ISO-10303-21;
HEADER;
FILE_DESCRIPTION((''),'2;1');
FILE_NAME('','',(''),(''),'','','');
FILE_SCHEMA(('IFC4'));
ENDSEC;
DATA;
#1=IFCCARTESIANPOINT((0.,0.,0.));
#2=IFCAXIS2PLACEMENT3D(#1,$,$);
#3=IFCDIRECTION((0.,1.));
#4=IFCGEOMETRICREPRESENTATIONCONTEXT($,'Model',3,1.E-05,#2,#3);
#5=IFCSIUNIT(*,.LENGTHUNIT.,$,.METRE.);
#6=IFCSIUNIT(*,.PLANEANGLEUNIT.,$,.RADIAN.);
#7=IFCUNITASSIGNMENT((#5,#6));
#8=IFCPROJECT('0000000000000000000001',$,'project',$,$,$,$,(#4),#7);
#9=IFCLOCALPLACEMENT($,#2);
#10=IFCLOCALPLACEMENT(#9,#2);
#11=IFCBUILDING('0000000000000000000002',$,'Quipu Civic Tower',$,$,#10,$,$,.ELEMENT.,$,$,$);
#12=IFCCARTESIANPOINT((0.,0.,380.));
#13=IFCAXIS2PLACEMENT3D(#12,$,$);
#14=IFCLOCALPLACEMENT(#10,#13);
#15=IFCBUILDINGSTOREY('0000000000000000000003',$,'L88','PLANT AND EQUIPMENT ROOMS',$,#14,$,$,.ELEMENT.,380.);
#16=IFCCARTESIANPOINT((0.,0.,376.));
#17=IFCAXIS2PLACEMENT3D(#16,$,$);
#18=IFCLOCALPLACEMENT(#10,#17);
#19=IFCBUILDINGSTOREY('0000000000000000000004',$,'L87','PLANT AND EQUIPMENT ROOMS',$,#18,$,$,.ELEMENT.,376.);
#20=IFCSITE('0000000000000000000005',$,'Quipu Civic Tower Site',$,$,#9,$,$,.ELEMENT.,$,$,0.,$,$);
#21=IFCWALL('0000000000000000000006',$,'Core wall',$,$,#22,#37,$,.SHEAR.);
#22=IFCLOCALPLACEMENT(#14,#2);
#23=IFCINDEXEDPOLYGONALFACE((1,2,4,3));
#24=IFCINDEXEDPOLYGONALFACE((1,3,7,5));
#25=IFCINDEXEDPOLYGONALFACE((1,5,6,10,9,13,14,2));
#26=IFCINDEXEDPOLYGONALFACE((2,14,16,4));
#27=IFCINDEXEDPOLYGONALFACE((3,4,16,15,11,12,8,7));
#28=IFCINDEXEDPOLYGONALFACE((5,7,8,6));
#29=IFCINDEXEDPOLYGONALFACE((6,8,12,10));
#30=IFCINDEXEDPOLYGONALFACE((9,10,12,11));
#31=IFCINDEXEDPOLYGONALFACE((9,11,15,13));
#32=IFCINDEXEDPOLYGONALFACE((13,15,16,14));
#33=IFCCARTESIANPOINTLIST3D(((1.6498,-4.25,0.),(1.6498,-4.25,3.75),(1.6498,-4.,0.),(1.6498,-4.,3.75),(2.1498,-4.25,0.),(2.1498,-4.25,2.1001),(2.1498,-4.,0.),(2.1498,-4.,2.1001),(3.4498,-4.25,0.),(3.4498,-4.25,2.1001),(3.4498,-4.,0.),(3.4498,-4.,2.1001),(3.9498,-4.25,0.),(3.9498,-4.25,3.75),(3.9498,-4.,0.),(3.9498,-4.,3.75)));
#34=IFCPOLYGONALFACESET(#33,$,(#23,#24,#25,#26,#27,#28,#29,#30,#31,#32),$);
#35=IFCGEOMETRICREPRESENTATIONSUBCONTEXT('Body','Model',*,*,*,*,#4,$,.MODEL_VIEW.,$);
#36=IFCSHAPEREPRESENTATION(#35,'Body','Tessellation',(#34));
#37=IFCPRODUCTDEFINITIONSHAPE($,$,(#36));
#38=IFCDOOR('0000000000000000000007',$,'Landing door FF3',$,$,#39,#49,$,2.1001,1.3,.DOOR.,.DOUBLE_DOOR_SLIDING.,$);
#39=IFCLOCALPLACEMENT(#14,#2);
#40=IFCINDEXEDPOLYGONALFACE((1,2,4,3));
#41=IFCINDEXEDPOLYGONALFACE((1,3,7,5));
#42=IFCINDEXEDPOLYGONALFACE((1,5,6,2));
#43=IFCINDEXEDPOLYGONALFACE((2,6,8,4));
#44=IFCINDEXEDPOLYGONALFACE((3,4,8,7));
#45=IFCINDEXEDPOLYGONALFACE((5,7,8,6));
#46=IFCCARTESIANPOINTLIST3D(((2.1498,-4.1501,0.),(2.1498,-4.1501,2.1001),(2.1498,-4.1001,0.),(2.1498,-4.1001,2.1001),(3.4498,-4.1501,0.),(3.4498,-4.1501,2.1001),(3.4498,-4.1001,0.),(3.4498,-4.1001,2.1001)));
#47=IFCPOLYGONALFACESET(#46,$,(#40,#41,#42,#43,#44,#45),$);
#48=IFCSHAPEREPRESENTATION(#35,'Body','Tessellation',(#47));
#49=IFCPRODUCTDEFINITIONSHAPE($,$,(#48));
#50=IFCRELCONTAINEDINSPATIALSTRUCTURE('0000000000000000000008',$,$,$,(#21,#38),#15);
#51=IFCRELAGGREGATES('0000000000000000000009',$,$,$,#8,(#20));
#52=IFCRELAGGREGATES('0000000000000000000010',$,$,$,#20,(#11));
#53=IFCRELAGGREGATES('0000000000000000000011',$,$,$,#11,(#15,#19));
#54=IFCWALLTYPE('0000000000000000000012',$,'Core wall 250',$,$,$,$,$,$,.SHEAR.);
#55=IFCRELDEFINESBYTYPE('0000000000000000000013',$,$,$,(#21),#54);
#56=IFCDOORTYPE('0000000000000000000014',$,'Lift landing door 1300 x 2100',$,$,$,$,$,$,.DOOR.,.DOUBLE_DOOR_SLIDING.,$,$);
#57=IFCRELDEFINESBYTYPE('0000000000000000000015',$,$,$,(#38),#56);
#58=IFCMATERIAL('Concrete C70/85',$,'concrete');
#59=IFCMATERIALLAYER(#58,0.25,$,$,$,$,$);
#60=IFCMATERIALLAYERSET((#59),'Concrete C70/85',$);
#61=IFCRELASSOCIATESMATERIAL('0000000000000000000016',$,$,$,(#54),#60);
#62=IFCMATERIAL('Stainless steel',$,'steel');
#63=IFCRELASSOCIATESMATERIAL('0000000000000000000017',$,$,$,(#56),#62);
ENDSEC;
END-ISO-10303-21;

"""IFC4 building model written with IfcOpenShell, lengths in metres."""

from ifc_helpers import new_model, si_unit, direction, frame, frame_2d, origin, place, context, subcontext, project, spatial, rectangle, extrude, material, layer, layer_set, type_object, element, fill, save


model = new_model("IFC4")

# Units and contexts
model_context = context("Model", 3, precision=1e-05, world=origin(), true_north=direction((0.0, 1.0)))
body_context = subcontext(model_context, "Body", "Model", "MODEL_VIEW")
ifc_project = project(units=[si_unit("LENGTHUNIT", "METRE"), si_unit("PLANEANGLEUNIT", "RADIAN")], contexts=[model_context])

# Site, building, storey
site_placement = place(None, origin())
site = spatial("IfcSite", under=ifc_project, at=site_placement, Name="Quipu Civic Tower Site", CompositionType="ELEMENT", RefElevation=0.0)
building_placement = place(site_placement, origin())
building = spatial("IfcBuilding", under=site, at=building_placement, Name="Quipu Civic Tower", CompositionType="ELEMENT")
storey_1_placement = place(building_placement, frame((0.0, 0.0, 380.0)))
storey_1 = spatial("IfcBuildingStorey", under=building, at=storey_1_placement, Name="L88", Description="PLANT AND EQUIPMENT ROOMS", CompositionType="ELEMENT", Elevation=380.0)

# Shared definitions
storey_2_placement = place(building_placement, frame((0.0, 0.0, 376.0)))
storey_2 = spatial("IfcBuildingStorey", under=building, at=storey_2_placement, Name="L87", Description="PLANT AND EQUIPMENT ROOMS", CompositionType="ELEMENT", Elevation=376.0)

# Wall, opening, door
ifc_material_1 = material(Name="Concrete C70/85", Category="concrete")
ifc_layer_1 = layer(ifc_material_1, 0.25)
ifc_layer_set_1 = layer_set([ifc_layer_1], Name="Concrete C70/85")
wall_type_1 = type_object("IfcWallType", Name="Core wall 250", PredefinedType="SHEAR", material=ifc_layer_set_1)
wall_1_placement = place(storey_1_placement, frame((1.6499, -4.125, 0.0), z_axis=(0.0, 0.0, 1.0), x_axis=(1.0, 0.0, 0.0)))
wall_1 = element("IfcWall", 1, at=wall_1_placement, inside=storey_1, type_object=wall_type_1, Name="Core wall", PredefinedType="SHEAR", context=body_context, shape_type="SweptSolid", body=[
    extrude(rectangle(XDim=2.3, YDim=0.25, at=frame_2d((1.1499, 0.0))), origin(), (0.0, 0.0, 1.0), 3.75),
])
opening_1_placement = place(wall_1_placement, frame((0.5, 0.0, 0.0)))
opening_1 = element("IfcOpeningElement", 2, at=opening_1_placement, cuts=wall_1, PredefinedType="OPENING", context=body_context, shape_type="SweptSolid", body=[
    extrude(rectangle(XDim=1.3, YDim=2.1001, at=frame_2d((0.6499, 1.05))), frame((0.0, 0.135, 0.0), z_axis=(0.0, -1.0, 0.0), x_axis=(1.0, 0.0, 0.0)), (0.0, 0.0, 1.0), 0.27),
])
ifc_material_2 = material(Name="Stainless steel", Category="steel")
door_type_1 = type_object("IfcDoorType", Name="Lift landing door 1300 x 2100", OperationType="DOUBLE_DOOR_SLIDING", PredefinedType="DOOR", material=ifc_material_2)
door_1_placement = place(opening_1_placement, origin())
door_1 = element("IfcDoor", 3, at=door_1_placement, inside=storey_1, type_object=door_type_1, Name="Landing door FF3", OperationType="DOUBLE_DOOR_SLIDING", OverallHeight=2.1001, OverallWidth=1.3, PredefinedType="DOOR", context=body_context, shape_type="SweptSolid", body=[
    extrude(rectangle(XDim=1.3, YDim=2.1001, at=frame_2d((0.6499, 1.05))), frame((0.0, 0.0249, 0.0), z_axis=(0.0, -1.0, 0.0), x_axis=(1.0, 0.0, 0.0)), (0.0, 0.0, 1.0), 0.05),
])
fill(opening_1, door_1)

save(model, "model.ifc")
